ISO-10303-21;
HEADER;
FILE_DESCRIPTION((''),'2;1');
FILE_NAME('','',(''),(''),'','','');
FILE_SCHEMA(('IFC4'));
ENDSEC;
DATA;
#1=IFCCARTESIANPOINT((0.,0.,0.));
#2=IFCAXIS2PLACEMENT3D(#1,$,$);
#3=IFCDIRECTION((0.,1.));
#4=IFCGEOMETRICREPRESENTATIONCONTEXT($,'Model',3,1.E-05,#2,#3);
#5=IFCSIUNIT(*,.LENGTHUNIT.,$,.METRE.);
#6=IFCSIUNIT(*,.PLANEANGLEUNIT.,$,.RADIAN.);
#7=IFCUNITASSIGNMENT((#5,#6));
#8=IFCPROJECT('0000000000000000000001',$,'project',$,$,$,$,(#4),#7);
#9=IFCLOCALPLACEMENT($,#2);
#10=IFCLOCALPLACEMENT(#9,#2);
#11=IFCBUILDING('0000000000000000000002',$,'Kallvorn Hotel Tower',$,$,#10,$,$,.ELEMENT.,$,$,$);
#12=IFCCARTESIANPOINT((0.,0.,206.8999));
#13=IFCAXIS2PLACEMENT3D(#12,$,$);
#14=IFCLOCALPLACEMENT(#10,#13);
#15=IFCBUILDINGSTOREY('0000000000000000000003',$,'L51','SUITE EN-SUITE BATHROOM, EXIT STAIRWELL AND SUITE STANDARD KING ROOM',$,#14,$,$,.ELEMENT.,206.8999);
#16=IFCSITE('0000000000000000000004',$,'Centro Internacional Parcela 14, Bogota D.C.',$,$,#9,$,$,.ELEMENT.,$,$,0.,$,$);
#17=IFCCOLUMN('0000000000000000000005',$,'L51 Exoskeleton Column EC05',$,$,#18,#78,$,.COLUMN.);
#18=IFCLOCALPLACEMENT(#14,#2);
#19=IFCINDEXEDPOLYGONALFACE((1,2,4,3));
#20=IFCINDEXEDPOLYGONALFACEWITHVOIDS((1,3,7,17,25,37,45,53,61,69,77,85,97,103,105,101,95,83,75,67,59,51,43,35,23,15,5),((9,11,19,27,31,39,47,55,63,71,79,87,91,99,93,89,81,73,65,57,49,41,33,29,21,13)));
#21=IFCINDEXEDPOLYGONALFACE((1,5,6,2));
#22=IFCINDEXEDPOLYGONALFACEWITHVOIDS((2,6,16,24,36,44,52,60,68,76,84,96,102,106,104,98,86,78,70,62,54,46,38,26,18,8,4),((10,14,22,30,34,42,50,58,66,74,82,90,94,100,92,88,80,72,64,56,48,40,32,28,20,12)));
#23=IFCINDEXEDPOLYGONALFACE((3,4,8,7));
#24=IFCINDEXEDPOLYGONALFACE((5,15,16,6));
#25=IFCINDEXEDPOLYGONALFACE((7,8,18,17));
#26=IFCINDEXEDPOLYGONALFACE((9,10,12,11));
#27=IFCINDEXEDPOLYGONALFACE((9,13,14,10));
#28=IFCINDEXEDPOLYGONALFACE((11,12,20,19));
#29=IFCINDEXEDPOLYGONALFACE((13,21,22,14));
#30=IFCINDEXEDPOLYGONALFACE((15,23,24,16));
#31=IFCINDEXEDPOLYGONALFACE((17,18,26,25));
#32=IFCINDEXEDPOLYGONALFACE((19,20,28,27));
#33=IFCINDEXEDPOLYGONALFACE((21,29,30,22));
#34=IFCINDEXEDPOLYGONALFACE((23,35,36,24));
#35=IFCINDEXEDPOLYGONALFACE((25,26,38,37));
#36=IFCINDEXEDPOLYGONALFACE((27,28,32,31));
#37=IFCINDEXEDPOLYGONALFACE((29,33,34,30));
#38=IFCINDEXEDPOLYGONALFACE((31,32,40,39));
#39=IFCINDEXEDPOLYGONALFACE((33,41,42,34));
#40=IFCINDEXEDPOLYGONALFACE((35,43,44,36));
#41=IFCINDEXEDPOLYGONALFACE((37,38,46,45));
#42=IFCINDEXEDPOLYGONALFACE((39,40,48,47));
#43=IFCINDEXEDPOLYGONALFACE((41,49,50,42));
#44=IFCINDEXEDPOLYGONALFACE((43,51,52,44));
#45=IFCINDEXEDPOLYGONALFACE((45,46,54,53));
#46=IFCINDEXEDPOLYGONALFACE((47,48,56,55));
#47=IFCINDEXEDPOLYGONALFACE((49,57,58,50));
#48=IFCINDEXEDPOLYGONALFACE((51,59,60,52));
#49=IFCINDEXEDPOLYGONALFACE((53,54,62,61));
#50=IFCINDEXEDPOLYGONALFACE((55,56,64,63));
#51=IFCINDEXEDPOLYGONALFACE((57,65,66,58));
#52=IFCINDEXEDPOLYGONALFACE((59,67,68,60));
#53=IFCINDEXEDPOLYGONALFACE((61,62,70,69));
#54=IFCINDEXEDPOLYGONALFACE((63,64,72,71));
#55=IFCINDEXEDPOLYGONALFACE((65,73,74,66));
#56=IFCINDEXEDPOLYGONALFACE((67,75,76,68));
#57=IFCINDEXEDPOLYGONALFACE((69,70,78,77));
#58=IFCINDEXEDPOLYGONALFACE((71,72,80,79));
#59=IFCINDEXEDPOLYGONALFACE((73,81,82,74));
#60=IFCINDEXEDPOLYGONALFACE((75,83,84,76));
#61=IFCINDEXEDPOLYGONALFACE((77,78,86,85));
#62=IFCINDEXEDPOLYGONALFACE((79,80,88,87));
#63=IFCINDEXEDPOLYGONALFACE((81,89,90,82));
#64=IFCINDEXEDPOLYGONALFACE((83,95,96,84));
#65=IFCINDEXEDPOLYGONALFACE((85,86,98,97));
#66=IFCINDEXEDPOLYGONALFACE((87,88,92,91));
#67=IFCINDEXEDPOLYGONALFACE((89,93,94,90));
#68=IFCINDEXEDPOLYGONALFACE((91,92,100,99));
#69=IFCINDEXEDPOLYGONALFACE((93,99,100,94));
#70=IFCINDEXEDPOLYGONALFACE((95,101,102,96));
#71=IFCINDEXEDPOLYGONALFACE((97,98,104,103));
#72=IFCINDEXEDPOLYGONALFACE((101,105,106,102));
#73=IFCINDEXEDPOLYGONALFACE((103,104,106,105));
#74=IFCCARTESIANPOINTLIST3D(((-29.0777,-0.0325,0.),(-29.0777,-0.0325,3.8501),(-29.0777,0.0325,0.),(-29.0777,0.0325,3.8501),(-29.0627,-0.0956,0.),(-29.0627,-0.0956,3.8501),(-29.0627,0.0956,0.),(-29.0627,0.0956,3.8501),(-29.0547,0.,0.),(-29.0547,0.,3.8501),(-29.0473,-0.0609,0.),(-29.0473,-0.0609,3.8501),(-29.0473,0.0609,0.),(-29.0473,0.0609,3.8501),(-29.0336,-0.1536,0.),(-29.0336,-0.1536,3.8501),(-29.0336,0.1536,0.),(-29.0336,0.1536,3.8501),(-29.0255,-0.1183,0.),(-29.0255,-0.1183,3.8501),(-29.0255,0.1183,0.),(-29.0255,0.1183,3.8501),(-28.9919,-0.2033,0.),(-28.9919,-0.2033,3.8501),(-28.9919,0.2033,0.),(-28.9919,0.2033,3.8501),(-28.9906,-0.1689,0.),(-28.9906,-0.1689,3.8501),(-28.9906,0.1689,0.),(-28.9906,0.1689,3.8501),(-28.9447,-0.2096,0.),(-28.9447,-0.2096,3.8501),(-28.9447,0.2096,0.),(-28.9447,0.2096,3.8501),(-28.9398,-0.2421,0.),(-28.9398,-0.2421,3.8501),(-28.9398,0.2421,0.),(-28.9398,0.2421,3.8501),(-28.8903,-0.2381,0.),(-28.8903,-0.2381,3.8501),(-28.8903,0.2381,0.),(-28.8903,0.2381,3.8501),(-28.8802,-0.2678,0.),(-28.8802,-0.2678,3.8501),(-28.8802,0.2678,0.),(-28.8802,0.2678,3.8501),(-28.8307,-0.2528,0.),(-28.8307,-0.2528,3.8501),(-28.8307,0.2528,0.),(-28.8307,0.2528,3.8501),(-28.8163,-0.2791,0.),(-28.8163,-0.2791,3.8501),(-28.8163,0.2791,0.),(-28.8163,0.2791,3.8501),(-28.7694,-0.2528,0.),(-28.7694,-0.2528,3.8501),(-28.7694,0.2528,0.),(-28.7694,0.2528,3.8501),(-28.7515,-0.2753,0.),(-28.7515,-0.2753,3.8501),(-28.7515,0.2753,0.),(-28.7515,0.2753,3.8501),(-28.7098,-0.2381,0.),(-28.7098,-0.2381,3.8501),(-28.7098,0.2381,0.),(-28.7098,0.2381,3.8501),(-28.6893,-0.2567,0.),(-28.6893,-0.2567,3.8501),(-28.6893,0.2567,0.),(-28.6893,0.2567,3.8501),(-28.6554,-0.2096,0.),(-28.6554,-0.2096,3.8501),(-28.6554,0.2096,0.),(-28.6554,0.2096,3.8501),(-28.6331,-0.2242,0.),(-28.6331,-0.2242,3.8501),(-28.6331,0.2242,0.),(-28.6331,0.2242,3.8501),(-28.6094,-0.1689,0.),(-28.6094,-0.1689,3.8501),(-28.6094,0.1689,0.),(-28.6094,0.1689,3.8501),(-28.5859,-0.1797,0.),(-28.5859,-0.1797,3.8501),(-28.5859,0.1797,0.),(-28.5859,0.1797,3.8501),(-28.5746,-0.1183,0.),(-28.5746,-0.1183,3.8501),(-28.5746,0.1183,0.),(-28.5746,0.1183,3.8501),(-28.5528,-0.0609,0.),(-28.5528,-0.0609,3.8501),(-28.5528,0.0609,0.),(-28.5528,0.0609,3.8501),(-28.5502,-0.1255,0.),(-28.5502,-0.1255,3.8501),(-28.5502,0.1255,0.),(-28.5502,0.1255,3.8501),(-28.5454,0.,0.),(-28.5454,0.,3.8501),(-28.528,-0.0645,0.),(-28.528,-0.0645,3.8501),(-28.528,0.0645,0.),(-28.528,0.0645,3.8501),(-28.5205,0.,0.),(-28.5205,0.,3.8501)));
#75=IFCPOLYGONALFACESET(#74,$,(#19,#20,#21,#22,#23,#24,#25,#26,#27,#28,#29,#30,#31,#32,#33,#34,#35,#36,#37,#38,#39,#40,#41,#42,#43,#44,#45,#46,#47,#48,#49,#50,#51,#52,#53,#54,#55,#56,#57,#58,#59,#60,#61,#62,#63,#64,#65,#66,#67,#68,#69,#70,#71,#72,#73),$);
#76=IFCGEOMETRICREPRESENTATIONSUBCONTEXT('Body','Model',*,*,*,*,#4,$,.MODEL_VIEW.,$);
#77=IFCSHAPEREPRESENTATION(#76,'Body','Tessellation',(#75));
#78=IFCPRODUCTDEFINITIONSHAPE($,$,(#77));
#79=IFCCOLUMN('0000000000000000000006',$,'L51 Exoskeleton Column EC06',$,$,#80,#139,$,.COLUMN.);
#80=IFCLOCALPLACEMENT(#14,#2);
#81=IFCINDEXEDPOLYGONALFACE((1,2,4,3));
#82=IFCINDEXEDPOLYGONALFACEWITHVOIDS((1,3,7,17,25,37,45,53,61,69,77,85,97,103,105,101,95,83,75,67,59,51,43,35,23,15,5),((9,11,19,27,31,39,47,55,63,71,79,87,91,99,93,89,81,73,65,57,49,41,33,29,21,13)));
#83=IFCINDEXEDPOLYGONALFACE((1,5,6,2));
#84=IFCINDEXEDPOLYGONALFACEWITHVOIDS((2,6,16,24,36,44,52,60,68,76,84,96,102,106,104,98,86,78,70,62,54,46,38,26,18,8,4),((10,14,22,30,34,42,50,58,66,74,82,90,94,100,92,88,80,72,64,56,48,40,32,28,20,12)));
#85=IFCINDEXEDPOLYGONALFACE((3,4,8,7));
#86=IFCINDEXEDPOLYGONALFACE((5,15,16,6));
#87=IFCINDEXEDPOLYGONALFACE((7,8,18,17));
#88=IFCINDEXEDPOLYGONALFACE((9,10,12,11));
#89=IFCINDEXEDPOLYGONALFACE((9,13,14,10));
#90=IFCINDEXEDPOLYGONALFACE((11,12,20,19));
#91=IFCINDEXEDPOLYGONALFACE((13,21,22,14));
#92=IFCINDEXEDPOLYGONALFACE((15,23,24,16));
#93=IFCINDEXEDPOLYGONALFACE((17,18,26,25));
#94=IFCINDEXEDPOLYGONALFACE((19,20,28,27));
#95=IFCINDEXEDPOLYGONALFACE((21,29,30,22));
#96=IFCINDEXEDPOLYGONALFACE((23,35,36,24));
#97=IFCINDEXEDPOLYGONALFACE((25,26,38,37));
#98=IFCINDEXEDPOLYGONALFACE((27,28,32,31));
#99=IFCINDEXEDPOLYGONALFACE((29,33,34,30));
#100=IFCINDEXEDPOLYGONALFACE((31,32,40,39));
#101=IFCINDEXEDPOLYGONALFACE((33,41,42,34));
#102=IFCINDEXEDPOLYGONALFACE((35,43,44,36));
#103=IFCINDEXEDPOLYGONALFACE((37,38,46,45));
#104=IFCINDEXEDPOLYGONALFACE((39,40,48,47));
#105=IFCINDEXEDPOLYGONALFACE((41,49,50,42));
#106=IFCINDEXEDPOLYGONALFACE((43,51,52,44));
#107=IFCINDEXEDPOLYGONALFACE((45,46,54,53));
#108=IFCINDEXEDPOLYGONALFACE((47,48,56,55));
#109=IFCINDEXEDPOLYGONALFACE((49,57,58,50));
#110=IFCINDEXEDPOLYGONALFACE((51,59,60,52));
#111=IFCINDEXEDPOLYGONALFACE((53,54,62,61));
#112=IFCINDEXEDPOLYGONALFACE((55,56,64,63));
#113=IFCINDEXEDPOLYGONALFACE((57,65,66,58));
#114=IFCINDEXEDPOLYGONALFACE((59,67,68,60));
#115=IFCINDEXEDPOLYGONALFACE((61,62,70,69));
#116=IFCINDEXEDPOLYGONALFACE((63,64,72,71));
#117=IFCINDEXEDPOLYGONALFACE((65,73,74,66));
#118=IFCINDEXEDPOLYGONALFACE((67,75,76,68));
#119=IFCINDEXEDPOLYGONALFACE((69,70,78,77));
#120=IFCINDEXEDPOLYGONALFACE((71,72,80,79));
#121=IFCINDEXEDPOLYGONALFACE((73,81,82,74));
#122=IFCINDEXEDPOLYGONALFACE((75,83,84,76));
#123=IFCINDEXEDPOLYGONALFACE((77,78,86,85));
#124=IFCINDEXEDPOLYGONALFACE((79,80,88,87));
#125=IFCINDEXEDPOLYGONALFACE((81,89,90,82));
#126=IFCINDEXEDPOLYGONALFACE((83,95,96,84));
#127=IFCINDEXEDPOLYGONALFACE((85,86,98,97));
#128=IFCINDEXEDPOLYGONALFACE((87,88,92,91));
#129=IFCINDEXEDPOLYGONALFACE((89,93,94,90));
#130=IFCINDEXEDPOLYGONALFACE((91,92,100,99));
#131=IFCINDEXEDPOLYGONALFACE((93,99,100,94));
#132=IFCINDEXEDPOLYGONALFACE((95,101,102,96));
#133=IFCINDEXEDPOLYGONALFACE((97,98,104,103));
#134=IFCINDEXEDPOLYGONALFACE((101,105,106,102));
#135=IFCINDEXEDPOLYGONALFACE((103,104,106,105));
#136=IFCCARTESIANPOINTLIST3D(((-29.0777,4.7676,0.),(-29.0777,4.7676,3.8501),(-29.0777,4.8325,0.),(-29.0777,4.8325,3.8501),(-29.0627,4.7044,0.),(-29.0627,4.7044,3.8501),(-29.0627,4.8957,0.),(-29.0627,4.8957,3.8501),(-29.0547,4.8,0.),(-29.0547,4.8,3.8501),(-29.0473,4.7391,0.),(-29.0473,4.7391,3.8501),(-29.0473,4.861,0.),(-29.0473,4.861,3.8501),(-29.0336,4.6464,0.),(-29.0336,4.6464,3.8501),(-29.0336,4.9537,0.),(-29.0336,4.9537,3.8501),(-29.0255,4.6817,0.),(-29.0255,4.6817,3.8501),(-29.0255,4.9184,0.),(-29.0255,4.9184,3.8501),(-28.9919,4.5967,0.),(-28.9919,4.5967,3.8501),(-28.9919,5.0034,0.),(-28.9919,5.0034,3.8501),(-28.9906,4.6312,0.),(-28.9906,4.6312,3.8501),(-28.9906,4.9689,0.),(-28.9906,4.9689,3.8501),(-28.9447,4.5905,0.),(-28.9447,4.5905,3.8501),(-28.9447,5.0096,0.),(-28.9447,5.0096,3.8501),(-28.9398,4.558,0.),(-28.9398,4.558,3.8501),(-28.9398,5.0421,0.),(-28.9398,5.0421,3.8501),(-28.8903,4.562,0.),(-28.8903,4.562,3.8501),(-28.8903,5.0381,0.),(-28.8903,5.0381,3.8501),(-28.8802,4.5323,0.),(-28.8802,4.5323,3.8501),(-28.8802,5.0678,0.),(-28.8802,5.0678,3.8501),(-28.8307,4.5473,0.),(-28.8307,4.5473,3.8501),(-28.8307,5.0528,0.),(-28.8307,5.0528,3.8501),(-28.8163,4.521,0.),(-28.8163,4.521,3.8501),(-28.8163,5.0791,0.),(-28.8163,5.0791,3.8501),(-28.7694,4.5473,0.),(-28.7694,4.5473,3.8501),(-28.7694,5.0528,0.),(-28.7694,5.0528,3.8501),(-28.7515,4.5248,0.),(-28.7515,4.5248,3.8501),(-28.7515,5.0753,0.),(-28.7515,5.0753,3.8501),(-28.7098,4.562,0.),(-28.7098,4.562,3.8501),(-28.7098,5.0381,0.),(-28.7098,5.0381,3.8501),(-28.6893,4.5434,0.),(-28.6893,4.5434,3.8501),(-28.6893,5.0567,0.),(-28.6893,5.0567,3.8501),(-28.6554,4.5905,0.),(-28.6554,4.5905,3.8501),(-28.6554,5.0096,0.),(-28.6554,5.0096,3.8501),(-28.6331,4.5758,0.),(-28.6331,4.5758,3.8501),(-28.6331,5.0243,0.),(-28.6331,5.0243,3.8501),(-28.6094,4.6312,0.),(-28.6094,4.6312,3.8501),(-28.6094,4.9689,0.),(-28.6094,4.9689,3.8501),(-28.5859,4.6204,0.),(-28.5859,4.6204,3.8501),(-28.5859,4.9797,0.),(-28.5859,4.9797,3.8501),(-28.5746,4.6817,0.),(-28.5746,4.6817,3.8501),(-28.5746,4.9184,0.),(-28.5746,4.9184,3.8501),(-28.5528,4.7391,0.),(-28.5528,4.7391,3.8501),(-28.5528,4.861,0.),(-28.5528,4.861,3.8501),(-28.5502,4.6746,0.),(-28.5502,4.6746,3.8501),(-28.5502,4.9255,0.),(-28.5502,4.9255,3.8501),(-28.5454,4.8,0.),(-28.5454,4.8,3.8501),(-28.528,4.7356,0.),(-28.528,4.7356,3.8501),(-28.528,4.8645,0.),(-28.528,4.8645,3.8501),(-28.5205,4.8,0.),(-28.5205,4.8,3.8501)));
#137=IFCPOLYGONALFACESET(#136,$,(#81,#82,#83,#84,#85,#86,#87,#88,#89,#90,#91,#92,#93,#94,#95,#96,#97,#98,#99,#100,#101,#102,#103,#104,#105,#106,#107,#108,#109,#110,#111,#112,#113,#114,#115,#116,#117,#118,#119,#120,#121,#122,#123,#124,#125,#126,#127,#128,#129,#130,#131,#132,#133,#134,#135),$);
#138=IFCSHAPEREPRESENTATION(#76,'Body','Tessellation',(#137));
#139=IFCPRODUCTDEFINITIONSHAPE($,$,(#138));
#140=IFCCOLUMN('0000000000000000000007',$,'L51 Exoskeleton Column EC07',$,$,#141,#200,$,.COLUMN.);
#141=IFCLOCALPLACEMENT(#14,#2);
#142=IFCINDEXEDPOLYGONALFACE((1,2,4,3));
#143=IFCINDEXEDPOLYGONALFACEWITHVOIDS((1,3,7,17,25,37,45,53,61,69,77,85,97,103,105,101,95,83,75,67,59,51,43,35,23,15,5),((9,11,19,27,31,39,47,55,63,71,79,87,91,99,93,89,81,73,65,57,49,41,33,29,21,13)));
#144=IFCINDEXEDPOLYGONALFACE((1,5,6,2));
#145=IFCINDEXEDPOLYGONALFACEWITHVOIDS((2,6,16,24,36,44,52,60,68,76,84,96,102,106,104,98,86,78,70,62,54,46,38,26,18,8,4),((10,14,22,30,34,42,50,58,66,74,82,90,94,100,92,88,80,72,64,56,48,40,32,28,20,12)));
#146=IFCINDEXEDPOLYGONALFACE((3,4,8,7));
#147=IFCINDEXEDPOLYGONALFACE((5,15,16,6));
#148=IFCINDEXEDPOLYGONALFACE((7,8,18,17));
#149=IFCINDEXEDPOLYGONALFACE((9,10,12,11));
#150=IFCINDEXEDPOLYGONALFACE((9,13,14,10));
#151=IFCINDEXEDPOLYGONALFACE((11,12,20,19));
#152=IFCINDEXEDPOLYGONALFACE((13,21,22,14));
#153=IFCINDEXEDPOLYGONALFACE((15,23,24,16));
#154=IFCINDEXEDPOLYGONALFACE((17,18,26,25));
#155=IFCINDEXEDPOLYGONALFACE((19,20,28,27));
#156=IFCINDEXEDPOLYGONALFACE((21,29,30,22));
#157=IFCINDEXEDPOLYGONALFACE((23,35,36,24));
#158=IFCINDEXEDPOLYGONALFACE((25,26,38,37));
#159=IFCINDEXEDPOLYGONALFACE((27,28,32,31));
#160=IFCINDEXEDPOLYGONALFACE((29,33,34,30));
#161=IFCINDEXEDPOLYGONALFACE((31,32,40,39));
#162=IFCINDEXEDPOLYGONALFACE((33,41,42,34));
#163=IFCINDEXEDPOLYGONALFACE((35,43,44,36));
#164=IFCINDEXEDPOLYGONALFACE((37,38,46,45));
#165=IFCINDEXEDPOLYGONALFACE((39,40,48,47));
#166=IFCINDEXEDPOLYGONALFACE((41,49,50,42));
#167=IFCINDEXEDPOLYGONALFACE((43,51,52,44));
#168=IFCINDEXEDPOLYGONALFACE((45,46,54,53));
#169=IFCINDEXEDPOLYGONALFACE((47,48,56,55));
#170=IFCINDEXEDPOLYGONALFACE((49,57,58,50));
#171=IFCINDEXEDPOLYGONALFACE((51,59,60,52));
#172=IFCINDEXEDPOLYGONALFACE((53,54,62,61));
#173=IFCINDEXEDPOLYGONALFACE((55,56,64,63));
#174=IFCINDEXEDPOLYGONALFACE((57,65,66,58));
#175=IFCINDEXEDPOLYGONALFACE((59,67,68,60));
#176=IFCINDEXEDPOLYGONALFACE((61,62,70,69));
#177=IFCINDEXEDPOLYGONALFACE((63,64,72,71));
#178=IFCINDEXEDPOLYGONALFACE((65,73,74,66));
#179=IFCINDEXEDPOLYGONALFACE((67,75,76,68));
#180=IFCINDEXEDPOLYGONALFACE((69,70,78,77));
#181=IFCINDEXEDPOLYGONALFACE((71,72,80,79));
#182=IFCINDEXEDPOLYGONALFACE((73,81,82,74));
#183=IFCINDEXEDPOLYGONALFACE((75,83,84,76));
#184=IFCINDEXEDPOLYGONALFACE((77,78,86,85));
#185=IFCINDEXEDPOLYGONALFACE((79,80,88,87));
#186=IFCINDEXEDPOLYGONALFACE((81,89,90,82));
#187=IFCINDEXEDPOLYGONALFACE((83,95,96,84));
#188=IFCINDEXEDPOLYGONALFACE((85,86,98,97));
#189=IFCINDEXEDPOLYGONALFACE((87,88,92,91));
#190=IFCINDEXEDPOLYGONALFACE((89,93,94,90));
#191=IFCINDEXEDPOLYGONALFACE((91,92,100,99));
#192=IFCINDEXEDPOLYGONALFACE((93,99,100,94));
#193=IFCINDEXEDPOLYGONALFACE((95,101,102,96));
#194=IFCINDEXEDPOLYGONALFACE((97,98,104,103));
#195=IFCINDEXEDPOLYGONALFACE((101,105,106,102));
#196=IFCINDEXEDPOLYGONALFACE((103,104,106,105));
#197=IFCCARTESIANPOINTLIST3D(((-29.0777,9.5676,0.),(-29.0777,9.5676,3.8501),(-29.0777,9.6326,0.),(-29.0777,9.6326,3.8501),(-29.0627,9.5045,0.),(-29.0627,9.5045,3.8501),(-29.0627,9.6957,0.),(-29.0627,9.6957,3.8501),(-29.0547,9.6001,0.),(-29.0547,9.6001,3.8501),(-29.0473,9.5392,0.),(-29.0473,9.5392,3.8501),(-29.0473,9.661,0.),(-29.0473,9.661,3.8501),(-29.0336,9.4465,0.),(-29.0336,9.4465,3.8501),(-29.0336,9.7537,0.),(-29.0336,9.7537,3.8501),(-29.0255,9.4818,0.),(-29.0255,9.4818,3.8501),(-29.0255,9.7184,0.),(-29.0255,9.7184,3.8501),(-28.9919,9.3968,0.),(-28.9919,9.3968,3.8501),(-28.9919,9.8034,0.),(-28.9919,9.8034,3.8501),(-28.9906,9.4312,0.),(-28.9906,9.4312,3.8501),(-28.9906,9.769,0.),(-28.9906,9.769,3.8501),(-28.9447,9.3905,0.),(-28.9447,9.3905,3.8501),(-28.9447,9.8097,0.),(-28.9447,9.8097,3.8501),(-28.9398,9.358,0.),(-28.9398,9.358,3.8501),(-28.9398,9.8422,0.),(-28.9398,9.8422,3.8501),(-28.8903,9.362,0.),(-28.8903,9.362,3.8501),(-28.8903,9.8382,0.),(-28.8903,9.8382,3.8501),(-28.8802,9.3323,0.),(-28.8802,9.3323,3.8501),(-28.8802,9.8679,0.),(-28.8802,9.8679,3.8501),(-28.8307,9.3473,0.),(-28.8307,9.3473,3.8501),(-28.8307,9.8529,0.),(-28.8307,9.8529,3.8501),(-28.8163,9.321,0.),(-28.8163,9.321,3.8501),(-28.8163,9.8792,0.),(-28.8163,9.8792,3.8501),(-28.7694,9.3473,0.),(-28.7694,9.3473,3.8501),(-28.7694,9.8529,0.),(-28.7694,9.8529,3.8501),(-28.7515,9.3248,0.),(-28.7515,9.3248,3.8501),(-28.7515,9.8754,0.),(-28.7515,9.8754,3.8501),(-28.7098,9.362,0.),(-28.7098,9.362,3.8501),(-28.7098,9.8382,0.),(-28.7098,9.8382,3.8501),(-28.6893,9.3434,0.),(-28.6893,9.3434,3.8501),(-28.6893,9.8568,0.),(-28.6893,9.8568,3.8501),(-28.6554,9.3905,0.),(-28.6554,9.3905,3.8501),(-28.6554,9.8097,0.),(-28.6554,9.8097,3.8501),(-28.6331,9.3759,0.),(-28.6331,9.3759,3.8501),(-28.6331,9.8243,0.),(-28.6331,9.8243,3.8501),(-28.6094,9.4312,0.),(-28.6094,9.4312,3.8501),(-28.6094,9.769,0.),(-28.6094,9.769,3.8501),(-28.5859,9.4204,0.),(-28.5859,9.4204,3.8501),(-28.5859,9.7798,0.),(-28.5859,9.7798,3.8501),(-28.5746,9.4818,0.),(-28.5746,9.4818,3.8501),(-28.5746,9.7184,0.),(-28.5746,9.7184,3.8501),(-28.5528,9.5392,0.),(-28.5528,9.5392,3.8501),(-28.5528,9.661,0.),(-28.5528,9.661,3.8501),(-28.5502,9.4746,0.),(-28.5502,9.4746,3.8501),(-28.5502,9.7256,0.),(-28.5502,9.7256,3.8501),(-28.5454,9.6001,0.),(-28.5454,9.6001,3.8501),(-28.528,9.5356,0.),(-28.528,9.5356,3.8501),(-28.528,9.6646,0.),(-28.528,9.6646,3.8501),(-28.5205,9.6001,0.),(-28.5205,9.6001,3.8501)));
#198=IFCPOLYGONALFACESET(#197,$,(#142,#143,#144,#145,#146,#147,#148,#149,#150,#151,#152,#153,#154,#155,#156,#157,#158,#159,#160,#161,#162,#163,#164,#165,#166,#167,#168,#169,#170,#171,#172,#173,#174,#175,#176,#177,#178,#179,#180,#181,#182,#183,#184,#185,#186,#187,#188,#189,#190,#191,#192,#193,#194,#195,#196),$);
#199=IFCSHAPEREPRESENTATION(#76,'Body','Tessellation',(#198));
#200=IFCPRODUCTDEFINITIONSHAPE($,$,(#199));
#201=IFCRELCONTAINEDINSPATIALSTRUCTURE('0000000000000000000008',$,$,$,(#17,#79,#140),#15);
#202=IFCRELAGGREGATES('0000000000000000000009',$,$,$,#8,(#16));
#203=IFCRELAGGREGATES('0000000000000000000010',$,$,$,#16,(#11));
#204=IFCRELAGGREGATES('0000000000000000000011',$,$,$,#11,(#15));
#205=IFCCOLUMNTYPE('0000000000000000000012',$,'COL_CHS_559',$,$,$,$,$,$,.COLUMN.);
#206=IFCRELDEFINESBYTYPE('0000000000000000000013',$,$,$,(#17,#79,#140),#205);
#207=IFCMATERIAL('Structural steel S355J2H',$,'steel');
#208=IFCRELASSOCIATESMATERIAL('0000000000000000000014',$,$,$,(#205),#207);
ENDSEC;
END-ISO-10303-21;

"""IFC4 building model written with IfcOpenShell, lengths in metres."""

from ifc_helpers import new_model, si_unit, direction, frame, origin, origin_2d, place, context, subcontext, project, spatial, hollow_circle, extrude, material, material_profile, profile_set, type_object, element, save


model = new_model("IFC4")

# Units and contexts
model_context = context("Model", 3, precision=1e-05, world=origin(), true_north=direction((0.0, 1.0)))
body_context = subcontext(model_context, "Body", "Model", "MODEL_VIEW")
ifc_project = project(units=[si_unit("LENGTHUNIT", "METRE"), si_unit("PLANEANGLEUNIT", "RADIAN")], contexts=[model_context])

# Site, building, storey
site_placement = place(None, origin())
site = spatial("IfcSite", under=ifc_project, at=site_placement, Name="Centro Internacional Parcela 14, Bogota D.C.", CompositionType="ELEMENT", RefElevation=0.0)
building_placement = place(site_placement, origin())
building = spatial("IfcBuilding", under=site, at=building_placement, Name="Kallvorn Hotel Tower", CompositionType="ELEMENT")
storey_placement = place(building_placement, frame((0.0, 0.0, 206.8999)))
storey = spatial("IfcBuildingStorey", under=building, at=storey_placement, Name="L51", Description="SUITE EN-SUITE BATHROOM, EXIT STAIRWELL AND SUITE STANDARD KING ROOM", CompositionType="ELEMENT", Elevation=206.8999)

# Columns
ifc_material_1 = material(Name="Structural steel S355J2H", Category="steel")
ifc_material_profile_1 = material_profile(ifc_material_1, hollow_circle(Radius=0.2795, WallThickness=0.0249, at=origin_2d()), Name="CHS 559x25")
ifc_profile_set_1 = profile_set([ifc_material_profile_1], Name="Structural steel S355J2H")
column_type_1 = type_object("IfcColumnType", Name="COL_CHS_559", PredefinedType="COLUMN", material=ifc_profile_set_1)
for number, where, z_axis, x_axis, name in (
    (1, (-28.8, 0.0, 0.0), (0.0, 0.0, 1.0), (1.0, 0.0, 0.0), "L51 Exoskeleton Column EC05"),
    (2, (-28.8, 4.8, 0.0), (0.0, 0.0, 1.0), (1.0, 0.0, 0.0), "L51 Exoskeleton Column EC06"),
    (3, (-28.8, 9.6001, 0.0), (0.0, 0.0, 1.0), (1.0, 0.0, 0.0), "L51 Exoskeleton Column EC07"),
):
    element("IfcColumn", number, at=place(storey_placement, frame(where, z_axis=z_axis, x_axis=x_axis)), inside=storey, type_object=column_type_1, Name=name, PredefinedType="COLUMN", context=body_context, shape_type="SweptSolid", body=[
        extrude(hollow_circle(Radius=0.2795, WallThickness=0.0249, at=origin_2d()), origin(), (0.0, 0.0, 1.0), 3.8501),
    ])

save(model, "model.ifc")
